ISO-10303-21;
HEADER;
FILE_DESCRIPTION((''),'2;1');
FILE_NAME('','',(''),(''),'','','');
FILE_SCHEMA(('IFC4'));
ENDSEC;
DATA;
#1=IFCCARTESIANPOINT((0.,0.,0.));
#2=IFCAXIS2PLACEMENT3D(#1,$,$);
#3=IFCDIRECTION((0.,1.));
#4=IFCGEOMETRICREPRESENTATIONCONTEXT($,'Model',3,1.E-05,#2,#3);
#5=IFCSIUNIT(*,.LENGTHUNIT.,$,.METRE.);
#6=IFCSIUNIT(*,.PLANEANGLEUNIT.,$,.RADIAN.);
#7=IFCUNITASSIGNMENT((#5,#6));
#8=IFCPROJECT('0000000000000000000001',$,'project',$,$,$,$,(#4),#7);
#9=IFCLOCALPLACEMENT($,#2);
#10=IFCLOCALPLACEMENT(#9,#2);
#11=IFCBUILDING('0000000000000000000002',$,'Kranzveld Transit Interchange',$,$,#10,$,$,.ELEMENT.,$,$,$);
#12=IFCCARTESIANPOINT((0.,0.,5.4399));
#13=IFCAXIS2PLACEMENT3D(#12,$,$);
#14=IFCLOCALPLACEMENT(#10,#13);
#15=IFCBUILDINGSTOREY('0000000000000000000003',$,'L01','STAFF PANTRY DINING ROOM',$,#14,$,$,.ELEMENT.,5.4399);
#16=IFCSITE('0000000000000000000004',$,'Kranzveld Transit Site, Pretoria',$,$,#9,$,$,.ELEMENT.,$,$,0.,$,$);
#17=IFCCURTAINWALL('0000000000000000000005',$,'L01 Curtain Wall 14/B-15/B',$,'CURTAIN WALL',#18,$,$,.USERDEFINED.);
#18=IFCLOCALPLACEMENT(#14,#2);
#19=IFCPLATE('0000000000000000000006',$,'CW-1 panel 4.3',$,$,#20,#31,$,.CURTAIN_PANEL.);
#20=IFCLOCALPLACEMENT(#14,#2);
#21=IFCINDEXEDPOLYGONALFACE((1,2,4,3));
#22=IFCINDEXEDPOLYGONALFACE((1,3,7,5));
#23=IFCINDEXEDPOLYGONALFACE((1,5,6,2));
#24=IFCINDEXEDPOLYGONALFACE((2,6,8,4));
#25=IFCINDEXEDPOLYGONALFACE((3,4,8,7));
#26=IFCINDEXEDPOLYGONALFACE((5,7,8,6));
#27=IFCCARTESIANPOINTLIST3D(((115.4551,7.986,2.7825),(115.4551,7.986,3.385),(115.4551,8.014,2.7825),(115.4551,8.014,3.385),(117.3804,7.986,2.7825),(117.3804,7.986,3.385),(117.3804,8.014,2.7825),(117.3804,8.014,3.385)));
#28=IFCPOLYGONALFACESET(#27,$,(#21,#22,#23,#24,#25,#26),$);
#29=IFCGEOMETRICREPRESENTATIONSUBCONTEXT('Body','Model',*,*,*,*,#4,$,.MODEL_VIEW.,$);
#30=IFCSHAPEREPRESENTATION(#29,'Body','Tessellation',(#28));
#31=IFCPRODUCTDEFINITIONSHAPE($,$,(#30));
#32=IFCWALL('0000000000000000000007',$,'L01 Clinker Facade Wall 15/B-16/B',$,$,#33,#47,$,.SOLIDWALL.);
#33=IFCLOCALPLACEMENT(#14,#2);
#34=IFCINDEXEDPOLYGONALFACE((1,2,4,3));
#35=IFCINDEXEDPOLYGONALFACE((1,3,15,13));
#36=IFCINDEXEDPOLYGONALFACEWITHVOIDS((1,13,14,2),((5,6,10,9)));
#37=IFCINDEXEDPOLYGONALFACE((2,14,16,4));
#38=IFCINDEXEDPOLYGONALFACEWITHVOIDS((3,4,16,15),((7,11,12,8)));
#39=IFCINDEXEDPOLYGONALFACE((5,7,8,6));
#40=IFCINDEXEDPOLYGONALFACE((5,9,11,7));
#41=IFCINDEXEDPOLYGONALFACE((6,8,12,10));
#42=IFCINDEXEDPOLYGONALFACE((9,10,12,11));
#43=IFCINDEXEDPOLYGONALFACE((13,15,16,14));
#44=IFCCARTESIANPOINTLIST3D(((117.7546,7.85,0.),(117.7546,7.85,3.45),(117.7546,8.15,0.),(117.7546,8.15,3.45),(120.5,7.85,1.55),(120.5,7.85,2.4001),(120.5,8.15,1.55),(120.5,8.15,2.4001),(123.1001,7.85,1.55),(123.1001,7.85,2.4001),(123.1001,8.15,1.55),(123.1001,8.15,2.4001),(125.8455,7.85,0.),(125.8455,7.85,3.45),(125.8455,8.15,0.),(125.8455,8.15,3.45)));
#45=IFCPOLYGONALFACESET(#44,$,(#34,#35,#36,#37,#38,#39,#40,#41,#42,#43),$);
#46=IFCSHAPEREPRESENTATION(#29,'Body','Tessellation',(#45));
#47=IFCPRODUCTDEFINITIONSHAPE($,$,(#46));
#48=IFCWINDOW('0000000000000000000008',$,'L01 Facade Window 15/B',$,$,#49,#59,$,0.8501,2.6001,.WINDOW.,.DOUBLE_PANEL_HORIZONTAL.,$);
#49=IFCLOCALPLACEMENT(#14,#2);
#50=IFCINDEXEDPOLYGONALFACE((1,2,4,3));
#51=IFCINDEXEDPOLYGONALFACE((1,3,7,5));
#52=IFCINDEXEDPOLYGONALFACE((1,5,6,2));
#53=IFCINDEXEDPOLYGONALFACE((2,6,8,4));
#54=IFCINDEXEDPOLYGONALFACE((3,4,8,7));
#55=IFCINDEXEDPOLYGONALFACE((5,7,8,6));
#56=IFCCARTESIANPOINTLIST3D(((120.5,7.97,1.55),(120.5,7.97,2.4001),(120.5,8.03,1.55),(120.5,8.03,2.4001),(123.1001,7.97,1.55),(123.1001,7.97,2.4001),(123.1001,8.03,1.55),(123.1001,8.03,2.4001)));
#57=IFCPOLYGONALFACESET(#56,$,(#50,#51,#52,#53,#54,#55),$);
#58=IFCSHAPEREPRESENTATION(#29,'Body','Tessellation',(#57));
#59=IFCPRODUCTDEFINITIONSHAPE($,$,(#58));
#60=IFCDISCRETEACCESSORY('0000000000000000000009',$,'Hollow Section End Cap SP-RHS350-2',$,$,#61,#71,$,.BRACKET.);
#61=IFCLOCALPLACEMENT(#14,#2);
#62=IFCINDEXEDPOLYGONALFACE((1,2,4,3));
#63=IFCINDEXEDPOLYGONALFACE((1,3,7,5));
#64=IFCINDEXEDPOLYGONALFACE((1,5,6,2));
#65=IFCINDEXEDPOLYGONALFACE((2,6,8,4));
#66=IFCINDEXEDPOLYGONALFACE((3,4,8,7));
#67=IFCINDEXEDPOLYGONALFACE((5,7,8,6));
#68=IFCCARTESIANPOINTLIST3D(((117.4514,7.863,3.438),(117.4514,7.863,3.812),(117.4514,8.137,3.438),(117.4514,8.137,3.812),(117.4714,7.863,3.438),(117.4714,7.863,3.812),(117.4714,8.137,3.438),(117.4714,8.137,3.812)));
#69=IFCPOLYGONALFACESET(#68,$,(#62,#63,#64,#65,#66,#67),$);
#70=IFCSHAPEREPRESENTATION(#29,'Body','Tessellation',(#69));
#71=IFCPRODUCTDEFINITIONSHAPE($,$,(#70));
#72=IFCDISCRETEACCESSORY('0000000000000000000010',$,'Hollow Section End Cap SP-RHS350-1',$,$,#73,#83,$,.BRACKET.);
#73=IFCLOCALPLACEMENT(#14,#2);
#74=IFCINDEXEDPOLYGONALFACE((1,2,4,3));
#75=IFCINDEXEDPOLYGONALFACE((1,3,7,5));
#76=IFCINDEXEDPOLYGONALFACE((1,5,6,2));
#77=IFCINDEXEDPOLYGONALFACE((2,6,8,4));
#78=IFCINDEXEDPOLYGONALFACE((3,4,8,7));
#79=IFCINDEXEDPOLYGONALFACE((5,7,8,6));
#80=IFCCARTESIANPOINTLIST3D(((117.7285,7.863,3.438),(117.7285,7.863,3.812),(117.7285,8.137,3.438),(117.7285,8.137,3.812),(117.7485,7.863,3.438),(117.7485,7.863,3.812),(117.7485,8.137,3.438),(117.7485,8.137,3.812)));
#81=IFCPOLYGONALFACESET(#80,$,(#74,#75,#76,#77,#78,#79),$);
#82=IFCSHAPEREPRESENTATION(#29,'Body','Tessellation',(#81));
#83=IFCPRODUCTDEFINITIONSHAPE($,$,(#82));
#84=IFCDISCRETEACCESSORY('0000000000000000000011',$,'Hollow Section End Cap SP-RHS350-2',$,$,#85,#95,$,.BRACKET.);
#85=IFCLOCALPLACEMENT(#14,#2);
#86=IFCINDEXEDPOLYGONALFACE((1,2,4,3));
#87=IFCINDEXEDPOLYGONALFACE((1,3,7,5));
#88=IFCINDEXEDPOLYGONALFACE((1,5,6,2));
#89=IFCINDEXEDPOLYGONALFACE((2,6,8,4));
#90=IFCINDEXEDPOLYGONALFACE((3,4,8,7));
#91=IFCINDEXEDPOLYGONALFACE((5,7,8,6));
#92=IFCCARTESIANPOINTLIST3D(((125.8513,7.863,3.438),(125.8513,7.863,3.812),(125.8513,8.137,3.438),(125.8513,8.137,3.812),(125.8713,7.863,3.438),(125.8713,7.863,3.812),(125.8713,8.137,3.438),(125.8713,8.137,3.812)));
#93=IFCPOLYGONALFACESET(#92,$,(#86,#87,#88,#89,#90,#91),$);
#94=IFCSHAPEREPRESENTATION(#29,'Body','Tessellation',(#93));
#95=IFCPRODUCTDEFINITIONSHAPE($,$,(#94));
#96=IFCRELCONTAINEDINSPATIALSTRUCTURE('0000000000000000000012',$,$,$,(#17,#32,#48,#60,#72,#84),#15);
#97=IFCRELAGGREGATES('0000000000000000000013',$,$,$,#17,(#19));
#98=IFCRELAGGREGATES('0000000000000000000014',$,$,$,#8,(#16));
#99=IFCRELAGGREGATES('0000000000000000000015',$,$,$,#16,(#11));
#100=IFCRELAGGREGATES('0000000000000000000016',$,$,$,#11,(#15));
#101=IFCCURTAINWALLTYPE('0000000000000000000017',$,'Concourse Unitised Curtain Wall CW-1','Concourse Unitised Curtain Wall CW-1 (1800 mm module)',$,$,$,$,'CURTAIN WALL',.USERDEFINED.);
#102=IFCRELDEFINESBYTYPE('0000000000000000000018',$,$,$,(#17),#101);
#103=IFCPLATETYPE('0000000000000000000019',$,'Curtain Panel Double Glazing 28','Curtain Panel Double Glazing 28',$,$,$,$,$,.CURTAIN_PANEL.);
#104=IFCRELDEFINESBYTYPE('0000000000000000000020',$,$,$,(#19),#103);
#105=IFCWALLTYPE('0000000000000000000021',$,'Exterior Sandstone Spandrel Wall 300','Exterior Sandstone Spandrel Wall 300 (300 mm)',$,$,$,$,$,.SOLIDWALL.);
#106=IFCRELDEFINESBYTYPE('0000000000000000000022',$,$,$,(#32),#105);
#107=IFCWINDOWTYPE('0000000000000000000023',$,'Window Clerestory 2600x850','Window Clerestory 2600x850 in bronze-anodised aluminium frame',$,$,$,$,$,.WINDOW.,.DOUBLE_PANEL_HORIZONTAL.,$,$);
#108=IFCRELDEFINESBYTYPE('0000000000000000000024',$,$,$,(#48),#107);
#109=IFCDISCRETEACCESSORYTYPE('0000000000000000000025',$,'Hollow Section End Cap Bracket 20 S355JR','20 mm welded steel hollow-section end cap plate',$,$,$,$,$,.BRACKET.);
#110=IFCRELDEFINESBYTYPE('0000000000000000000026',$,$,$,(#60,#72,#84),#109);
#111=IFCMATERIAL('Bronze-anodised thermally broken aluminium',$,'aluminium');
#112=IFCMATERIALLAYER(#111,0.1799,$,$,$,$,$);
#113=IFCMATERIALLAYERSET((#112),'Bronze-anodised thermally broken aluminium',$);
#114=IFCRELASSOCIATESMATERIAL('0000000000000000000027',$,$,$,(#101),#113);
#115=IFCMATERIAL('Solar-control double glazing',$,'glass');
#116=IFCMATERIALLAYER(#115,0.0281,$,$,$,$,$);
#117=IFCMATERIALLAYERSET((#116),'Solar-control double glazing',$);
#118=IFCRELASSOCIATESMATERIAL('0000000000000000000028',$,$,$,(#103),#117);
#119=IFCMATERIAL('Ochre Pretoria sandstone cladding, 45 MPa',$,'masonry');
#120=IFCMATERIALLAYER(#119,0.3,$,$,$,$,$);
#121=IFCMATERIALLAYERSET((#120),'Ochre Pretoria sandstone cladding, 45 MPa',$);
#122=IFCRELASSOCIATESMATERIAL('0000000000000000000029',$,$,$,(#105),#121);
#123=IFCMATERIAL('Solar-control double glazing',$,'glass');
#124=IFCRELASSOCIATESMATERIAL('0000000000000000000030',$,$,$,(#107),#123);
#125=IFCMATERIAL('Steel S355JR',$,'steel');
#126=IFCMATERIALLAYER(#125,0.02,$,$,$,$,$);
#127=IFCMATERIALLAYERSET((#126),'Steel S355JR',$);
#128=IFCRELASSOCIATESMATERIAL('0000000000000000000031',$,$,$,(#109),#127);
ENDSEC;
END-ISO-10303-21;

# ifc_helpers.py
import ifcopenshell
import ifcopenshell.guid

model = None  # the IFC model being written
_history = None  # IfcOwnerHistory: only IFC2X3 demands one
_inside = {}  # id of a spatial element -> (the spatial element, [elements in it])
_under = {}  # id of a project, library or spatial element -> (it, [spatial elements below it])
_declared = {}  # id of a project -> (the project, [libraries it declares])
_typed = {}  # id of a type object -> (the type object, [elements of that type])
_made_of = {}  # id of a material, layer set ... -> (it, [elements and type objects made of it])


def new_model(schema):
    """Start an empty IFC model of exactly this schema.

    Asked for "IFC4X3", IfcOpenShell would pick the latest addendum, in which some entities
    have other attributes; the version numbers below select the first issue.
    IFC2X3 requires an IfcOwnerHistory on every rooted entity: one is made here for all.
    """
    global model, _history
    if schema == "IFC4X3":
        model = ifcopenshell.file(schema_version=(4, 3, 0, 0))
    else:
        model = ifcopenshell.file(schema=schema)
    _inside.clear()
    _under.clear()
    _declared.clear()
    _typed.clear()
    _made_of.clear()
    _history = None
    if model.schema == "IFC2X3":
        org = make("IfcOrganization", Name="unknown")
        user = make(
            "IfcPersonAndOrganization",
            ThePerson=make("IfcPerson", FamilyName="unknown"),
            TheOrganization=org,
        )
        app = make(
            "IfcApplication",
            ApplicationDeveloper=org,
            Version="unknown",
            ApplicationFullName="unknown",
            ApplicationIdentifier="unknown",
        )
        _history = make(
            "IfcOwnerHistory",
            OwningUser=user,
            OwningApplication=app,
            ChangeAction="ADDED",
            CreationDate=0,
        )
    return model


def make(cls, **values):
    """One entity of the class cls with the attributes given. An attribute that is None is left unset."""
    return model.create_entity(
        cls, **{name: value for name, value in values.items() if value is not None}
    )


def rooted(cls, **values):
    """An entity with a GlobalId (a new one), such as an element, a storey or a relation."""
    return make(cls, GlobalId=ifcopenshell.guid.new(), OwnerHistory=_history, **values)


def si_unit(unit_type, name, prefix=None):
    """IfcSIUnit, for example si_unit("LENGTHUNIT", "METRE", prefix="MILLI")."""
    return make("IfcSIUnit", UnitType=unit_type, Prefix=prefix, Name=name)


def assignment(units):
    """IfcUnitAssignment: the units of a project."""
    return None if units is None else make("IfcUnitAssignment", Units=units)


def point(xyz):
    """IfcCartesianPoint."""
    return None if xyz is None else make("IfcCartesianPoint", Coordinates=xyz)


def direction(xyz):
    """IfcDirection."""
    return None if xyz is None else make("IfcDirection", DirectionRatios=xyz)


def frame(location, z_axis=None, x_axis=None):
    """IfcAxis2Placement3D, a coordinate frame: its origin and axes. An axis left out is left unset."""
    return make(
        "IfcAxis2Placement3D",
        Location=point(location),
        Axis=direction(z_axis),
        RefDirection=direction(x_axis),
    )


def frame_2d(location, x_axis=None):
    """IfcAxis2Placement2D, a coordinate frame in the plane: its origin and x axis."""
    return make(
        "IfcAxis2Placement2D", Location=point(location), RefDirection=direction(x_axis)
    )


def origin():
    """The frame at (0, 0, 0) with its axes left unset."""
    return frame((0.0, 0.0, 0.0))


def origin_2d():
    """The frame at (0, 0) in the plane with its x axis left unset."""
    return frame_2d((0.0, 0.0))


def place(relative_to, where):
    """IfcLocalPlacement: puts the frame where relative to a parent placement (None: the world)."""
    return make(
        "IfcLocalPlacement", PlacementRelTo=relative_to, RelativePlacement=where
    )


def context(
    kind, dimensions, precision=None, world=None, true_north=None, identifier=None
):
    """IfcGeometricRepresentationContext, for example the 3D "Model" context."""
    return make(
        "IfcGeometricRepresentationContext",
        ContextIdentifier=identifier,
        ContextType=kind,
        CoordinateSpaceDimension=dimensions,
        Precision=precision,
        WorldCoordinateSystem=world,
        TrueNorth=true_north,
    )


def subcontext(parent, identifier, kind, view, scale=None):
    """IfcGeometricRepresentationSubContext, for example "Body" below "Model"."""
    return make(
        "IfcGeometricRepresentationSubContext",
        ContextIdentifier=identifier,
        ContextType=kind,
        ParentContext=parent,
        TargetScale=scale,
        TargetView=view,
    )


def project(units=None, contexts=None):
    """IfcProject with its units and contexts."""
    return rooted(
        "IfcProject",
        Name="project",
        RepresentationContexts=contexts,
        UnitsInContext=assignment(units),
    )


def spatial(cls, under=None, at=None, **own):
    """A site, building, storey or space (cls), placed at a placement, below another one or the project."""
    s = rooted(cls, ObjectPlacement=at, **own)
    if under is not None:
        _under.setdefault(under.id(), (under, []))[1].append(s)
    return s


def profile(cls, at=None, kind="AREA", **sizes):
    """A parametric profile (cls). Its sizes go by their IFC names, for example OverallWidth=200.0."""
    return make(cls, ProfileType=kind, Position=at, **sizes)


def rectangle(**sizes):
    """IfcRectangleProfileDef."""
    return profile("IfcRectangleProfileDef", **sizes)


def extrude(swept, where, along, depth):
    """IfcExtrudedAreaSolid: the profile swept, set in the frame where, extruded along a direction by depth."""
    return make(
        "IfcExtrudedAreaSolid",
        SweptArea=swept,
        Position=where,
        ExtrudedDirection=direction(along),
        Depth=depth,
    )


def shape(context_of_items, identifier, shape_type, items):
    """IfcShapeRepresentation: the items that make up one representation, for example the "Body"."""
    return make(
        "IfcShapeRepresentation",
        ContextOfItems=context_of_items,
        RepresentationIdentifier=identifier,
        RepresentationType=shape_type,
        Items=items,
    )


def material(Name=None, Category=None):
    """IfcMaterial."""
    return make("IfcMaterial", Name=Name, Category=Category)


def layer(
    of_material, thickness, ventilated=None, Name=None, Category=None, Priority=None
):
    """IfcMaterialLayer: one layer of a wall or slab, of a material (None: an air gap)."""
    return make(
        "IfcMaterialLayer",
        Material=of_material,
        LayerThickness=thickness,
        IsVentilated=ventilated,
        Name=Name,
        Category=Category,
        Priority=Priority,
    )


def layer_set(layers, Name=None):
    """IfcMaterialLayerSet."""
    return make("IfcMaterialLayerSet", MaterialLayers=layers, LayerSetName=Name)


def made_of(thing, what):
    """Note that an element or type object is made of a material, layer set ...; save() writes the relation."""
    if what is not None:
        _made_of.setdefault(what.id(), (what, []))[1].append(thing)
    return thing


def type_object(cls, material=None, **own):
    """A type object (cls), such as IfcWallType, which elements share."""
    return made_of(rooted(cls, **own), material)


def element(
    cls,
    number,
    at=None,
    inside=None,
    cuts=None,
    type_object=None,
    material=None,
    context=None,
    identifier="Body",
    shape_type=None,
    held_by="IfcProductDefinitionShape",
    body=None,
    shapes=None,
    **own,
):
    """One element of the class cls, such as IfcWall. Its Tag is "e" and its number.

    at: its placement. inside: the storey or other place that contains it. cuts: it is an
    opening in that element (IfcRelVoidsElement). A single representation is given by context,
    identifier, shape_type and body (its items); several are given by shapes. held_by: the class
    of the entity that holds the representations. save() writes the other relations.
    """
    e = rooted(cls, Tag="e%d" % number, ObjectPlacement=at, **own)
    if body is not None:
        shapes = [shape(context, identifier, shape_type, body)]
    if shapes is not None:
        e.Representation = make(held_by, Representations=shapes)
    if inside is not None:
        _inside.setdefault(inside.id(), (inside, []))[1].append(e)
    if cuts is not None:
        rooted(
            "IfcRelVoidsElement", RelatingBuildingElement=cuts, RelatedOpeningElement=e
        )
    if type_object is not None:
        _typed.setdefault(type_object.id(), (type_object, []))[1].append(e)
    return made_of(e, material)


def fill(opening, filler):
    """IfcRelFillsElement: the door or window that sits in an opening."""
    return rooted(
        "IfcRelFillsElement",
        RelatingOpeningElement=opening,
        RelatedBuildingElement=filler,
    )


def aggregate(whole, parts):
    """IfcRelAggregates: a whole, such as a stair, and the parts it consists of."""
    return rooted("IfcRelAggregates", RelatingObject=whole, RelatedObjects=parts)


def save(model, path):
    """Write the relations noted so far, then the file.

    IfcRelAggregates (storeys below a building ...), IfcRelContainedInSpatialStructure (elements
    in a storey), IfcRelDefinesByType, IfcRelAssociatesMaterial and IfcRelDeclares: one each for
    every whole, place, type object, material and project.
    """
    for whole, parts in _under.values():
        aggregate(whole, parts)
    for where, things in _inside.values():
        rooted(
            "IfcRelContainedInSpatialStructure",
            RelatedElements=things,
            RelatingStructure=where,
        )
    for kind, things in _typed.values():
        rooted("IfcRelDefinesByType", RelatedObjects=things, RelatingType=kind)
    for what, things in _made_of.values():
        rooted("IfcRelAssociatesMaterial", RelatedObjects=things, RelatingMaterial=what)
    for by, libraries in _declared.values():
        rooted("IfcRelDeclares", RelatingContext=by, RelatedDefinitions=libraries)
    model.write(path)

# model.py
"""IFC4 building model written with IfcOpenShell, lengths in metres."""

from ifc_helpers import new_model, si_unit, direction, frame, frame_2d, origin, origin_2d, place, context, subcontext, project, spatial, rectangle, extrude, material, layer, layer_set, type_object, element, fill, aggregate, save


model = new_model("IFC4")

# Units and contexts
model_context = context("Model", 3, precision=1e-05, world=origin(), true_north=direction((0.0, 1.0)))
body_context = subcontext(model_context, "Body", "Model", "MODEL_VIEW")
ifc_project = project(units=[si_unit("LENGTHUNIT", "METRE"), si_unit("PLANEANGLEUNIT", "RADIAN")], contexts=[model_context])

# Site, building, storey
site_placement = place(None, origin())
site = spatial("IfcSite", under=ifc_project, at=site_placement, Name="Kranzveld Transit Site, Pretoria", CompositionType="ELEMENT", RefElevation=0.0)
building_placement = place(site_placement, origin())
building = spatial("IfcBuilding", under=site, at=building_placement, Name="Kranzveld Transit Interchange", CompositionType="ELEMENT")
storey_placement = place(building_placement, frame((0.0, 0.0, 5.4399)))
storey = spatial("IfcBuildingStorey", under=building, at=storey_placement, Name="L01", Description="STAFF PANTRY DINING ROOM", CompositionType="ELEMENT", Elevation=5.4399)

# Curtain wall
ifc_material_1 = material(Name="Bronze-anodised thermally broken aluminium", Category="aluminium")
ifc_layer_1 = layer(ifc_material_1, 0.1799)
ifc_layer_set_1 = layer_set([ifc_layer_1], Name="Bronze-anodised thermally broken aluminium")
curtain_wall_type = type_object("IfcCurtainWallType", Name="Concourse Unitised Curtain Wall CW-1", Description="Concourse Unitised Curtain Wall CW-1 (1800 mm module)", ElementType="CURTAIN WALL", PredefinedType="USERDEFINED", material=ifc_layer_set_1)
curtain_wall_placement = place(storey_placement, origin())
curtain_wall = element("IfcCurtainWall", 1, at=curtain_wall_placement, inside=storey, type_object=curtain_wall_type, Name="L01 Curtain Wall 14/B-15/B", ObjectType="CURTAIN WALL", PredefinedType="USERDEFINED")

# Plate
ifc_material_2 = material(Name="Solar-control double glazing", Category="glass")
ifc_layer_2 = layer(ifc_material_2, 0.0281)
ifc_layer_set_2 = layer_set([ifc_layer_2], Name="Solar-control double glazing")
plate_type = type_object("IfcPlateType", Name="Curtain Panel Double Glazing 28", Description="Curtain Panel Double Glazing 28", PredefinedType="CURTAIN_PANEL", material=ifc_layer_set_2)
plate_1_placement = place(storey_placement, frame((116.4177, 8.0, 2.7825), z_axis=(0.0, 0.0, 1.0), x_axis=(1.0, 0.0, 0.0)))
plate_1 = element("IfcPlate", 2, at=plate_1_placement, type_object=plate_type, Name="CW-1 panel 4.3", PredefinedType="CURTAIN_PANEL", context=body_context, shape_type="SweptSolid", body=[
    extrude(rectangle(XDim=1.9253, YDim=0.0281, at=origin_2d()), origin(), (0.0, 0.0, 1.0), 0.6025),
])
aggregate(curtain_wall, [plate_1])

# Wall, opening, window
ifc_material_3 = material(Name="Ochre Pretoria sandstone cladding, 45 MPa", Category="masonry")
ifc_layer_3 = layer(ifc_material_3, 0.3)
ifc_layer_set_3 = layer_set([ifc_layer_3], Name="Ochre Pretoria sandstone cladding, 45 MPa")
wall_type = type_object("IfcWallType", Name="Exterior Sandstone Spandrel Wall 300", Description="Exterior Sandstone Spandrel Wall 300 (300 mm)", PredefinedType="SOLIDWALL", material=ifc_layer_set_3)
wall_placement = place(storey_placement, frame((117.7546, 8.0, 0.0), z_axis=(0.0, 0.0, 1.0), x_axis=(1.0, 0.0, 0.0)))
wall = element("IfcWall", 3, at=wall_placement, inside=storey, type_object=wall_type, Name="L01 Clinker Facade Wall 15/B-16/B", PredefinedType="SOLIDWALL", context=body_context, shape_type="SweptSolid", body=[
    extrude(rectangle(XDim=8.0908, YDim=0.3, at=frame_2d((4.0454, 0.0))), origin(), (0.0, 0.0, 1.0), 3.45),
])
opening_placement = place(wall_placement, frame((2.7454, 0.0, 1.55), z_axis=(0.0, 0.0, 1.0), x_axis=(1.0, 0.0, 0.0)))
opening = element("IfcOpeningElement", 4, at=opening_placement, cuts=wall, PredefinedType="OPENING", context=body_context, shape_type="SweptSolid", body=[
    extrude(rectangle(XDim=2.6001, YDim=0.8501, at=frame_2d((1.3, 0.425))), frame((0.0, 0.1599, 0.0), z_axis=(0.0, -1.0, 0.0), x_axis=(1.0, 0.0, 0.0)), (0.0, 0.0, 1.0), 0.3201),
])
ifc_material_4 = material(Name="Solar-control double glazing", Category="glass")
window_type = type_object("IfcWindowType", Name="Window Clerestory 2600x850", Description="Window Clerestory 2600x850 in bronze-anodised aluminium frame", PartitioningType="DOUBLE_PANEL_HORIZONTAL", PredefinedType="WINDOW", material=ifc_material_4)
window_placement = place(opening_placement, origin())
window = element("IfcWindow", 5, at=window_placement, inside=storey, type_object=window_type, Name="L01 Facade Window 15/B", OverallHeight=0.8501, OverallWidth=2.6001, PartitioningType="DOUBLE_PANEL_HORIZONTAL", PredefinedType="WINDOW", context=body_context, shape_type="SweptSolid", body=[
    extrude(rectangle(XDim=2.6001, YDim=0.8501, at=frame_2d((1.3, 0.425))), frame((0.0, 0.03, 0.0), z_axis=(0.0, -1.0, 0.0), x_axis=(1.0, 0.0, 0.0)), (0.0, 0.0, 1.0), 0.0601),
])
fill(opening, window)

# Discrete accessories
ifc_material_5 = material(Name="Steel S355JR", Category="steel")
ifc_layer_4 = layer(ifc_material_5, 0.02)
ifc_layer_set_4 = layer_set([ifc_layer_4], Name="Steel S355JR")
discrete_accessory_type = type_object("IfcDiscreteAccessoryType", Name="Hollow Section End Cap Bracket 20 S355JR", Description="20 mm welded steel hollow-section end cap plate", PredefinedType="BRACKET", material=ifc_layer_set_4)
for number, where, z_axis, x_axis, name in (
    (6, (117.4514, 8.0, 3.625), (1.0, 0.0, 0.0), (0.0, 1.0, 0.0), "Hollow Section End Cap SP-RHS350-2"),
    (7, (117.7485, 8.0, 3.625), (-1.0, 0.0, 0.0), (0.0, -1.0, 0.0), "Hollow Section End Cap SP-RHS350-1"),
    (8, (125.8513, 8.0, 3.625), (1.0, 0.0, 0.0), (0.0, 1.0, 0.0), "Hollow Section End Cap SP-RHS350-2"),
):
    element("IfcDiscreteAccessory", number, at=place(storey_placement, frame(where, z_axis=z_axis, x_axis=x_axis)), inside=storey, type_object=discrete_accessory_type, Name=name, PredefinedType="BRACKET", context=body_context, shape_type="SweptSolid", body=[
        extrude(rectangle(XDim=0.2739, YDim=0.374, at=origin_2d()), origin(), (0.0, 0.0, 1.0), 0.02),
    ])

save(model, "model.ifc")
